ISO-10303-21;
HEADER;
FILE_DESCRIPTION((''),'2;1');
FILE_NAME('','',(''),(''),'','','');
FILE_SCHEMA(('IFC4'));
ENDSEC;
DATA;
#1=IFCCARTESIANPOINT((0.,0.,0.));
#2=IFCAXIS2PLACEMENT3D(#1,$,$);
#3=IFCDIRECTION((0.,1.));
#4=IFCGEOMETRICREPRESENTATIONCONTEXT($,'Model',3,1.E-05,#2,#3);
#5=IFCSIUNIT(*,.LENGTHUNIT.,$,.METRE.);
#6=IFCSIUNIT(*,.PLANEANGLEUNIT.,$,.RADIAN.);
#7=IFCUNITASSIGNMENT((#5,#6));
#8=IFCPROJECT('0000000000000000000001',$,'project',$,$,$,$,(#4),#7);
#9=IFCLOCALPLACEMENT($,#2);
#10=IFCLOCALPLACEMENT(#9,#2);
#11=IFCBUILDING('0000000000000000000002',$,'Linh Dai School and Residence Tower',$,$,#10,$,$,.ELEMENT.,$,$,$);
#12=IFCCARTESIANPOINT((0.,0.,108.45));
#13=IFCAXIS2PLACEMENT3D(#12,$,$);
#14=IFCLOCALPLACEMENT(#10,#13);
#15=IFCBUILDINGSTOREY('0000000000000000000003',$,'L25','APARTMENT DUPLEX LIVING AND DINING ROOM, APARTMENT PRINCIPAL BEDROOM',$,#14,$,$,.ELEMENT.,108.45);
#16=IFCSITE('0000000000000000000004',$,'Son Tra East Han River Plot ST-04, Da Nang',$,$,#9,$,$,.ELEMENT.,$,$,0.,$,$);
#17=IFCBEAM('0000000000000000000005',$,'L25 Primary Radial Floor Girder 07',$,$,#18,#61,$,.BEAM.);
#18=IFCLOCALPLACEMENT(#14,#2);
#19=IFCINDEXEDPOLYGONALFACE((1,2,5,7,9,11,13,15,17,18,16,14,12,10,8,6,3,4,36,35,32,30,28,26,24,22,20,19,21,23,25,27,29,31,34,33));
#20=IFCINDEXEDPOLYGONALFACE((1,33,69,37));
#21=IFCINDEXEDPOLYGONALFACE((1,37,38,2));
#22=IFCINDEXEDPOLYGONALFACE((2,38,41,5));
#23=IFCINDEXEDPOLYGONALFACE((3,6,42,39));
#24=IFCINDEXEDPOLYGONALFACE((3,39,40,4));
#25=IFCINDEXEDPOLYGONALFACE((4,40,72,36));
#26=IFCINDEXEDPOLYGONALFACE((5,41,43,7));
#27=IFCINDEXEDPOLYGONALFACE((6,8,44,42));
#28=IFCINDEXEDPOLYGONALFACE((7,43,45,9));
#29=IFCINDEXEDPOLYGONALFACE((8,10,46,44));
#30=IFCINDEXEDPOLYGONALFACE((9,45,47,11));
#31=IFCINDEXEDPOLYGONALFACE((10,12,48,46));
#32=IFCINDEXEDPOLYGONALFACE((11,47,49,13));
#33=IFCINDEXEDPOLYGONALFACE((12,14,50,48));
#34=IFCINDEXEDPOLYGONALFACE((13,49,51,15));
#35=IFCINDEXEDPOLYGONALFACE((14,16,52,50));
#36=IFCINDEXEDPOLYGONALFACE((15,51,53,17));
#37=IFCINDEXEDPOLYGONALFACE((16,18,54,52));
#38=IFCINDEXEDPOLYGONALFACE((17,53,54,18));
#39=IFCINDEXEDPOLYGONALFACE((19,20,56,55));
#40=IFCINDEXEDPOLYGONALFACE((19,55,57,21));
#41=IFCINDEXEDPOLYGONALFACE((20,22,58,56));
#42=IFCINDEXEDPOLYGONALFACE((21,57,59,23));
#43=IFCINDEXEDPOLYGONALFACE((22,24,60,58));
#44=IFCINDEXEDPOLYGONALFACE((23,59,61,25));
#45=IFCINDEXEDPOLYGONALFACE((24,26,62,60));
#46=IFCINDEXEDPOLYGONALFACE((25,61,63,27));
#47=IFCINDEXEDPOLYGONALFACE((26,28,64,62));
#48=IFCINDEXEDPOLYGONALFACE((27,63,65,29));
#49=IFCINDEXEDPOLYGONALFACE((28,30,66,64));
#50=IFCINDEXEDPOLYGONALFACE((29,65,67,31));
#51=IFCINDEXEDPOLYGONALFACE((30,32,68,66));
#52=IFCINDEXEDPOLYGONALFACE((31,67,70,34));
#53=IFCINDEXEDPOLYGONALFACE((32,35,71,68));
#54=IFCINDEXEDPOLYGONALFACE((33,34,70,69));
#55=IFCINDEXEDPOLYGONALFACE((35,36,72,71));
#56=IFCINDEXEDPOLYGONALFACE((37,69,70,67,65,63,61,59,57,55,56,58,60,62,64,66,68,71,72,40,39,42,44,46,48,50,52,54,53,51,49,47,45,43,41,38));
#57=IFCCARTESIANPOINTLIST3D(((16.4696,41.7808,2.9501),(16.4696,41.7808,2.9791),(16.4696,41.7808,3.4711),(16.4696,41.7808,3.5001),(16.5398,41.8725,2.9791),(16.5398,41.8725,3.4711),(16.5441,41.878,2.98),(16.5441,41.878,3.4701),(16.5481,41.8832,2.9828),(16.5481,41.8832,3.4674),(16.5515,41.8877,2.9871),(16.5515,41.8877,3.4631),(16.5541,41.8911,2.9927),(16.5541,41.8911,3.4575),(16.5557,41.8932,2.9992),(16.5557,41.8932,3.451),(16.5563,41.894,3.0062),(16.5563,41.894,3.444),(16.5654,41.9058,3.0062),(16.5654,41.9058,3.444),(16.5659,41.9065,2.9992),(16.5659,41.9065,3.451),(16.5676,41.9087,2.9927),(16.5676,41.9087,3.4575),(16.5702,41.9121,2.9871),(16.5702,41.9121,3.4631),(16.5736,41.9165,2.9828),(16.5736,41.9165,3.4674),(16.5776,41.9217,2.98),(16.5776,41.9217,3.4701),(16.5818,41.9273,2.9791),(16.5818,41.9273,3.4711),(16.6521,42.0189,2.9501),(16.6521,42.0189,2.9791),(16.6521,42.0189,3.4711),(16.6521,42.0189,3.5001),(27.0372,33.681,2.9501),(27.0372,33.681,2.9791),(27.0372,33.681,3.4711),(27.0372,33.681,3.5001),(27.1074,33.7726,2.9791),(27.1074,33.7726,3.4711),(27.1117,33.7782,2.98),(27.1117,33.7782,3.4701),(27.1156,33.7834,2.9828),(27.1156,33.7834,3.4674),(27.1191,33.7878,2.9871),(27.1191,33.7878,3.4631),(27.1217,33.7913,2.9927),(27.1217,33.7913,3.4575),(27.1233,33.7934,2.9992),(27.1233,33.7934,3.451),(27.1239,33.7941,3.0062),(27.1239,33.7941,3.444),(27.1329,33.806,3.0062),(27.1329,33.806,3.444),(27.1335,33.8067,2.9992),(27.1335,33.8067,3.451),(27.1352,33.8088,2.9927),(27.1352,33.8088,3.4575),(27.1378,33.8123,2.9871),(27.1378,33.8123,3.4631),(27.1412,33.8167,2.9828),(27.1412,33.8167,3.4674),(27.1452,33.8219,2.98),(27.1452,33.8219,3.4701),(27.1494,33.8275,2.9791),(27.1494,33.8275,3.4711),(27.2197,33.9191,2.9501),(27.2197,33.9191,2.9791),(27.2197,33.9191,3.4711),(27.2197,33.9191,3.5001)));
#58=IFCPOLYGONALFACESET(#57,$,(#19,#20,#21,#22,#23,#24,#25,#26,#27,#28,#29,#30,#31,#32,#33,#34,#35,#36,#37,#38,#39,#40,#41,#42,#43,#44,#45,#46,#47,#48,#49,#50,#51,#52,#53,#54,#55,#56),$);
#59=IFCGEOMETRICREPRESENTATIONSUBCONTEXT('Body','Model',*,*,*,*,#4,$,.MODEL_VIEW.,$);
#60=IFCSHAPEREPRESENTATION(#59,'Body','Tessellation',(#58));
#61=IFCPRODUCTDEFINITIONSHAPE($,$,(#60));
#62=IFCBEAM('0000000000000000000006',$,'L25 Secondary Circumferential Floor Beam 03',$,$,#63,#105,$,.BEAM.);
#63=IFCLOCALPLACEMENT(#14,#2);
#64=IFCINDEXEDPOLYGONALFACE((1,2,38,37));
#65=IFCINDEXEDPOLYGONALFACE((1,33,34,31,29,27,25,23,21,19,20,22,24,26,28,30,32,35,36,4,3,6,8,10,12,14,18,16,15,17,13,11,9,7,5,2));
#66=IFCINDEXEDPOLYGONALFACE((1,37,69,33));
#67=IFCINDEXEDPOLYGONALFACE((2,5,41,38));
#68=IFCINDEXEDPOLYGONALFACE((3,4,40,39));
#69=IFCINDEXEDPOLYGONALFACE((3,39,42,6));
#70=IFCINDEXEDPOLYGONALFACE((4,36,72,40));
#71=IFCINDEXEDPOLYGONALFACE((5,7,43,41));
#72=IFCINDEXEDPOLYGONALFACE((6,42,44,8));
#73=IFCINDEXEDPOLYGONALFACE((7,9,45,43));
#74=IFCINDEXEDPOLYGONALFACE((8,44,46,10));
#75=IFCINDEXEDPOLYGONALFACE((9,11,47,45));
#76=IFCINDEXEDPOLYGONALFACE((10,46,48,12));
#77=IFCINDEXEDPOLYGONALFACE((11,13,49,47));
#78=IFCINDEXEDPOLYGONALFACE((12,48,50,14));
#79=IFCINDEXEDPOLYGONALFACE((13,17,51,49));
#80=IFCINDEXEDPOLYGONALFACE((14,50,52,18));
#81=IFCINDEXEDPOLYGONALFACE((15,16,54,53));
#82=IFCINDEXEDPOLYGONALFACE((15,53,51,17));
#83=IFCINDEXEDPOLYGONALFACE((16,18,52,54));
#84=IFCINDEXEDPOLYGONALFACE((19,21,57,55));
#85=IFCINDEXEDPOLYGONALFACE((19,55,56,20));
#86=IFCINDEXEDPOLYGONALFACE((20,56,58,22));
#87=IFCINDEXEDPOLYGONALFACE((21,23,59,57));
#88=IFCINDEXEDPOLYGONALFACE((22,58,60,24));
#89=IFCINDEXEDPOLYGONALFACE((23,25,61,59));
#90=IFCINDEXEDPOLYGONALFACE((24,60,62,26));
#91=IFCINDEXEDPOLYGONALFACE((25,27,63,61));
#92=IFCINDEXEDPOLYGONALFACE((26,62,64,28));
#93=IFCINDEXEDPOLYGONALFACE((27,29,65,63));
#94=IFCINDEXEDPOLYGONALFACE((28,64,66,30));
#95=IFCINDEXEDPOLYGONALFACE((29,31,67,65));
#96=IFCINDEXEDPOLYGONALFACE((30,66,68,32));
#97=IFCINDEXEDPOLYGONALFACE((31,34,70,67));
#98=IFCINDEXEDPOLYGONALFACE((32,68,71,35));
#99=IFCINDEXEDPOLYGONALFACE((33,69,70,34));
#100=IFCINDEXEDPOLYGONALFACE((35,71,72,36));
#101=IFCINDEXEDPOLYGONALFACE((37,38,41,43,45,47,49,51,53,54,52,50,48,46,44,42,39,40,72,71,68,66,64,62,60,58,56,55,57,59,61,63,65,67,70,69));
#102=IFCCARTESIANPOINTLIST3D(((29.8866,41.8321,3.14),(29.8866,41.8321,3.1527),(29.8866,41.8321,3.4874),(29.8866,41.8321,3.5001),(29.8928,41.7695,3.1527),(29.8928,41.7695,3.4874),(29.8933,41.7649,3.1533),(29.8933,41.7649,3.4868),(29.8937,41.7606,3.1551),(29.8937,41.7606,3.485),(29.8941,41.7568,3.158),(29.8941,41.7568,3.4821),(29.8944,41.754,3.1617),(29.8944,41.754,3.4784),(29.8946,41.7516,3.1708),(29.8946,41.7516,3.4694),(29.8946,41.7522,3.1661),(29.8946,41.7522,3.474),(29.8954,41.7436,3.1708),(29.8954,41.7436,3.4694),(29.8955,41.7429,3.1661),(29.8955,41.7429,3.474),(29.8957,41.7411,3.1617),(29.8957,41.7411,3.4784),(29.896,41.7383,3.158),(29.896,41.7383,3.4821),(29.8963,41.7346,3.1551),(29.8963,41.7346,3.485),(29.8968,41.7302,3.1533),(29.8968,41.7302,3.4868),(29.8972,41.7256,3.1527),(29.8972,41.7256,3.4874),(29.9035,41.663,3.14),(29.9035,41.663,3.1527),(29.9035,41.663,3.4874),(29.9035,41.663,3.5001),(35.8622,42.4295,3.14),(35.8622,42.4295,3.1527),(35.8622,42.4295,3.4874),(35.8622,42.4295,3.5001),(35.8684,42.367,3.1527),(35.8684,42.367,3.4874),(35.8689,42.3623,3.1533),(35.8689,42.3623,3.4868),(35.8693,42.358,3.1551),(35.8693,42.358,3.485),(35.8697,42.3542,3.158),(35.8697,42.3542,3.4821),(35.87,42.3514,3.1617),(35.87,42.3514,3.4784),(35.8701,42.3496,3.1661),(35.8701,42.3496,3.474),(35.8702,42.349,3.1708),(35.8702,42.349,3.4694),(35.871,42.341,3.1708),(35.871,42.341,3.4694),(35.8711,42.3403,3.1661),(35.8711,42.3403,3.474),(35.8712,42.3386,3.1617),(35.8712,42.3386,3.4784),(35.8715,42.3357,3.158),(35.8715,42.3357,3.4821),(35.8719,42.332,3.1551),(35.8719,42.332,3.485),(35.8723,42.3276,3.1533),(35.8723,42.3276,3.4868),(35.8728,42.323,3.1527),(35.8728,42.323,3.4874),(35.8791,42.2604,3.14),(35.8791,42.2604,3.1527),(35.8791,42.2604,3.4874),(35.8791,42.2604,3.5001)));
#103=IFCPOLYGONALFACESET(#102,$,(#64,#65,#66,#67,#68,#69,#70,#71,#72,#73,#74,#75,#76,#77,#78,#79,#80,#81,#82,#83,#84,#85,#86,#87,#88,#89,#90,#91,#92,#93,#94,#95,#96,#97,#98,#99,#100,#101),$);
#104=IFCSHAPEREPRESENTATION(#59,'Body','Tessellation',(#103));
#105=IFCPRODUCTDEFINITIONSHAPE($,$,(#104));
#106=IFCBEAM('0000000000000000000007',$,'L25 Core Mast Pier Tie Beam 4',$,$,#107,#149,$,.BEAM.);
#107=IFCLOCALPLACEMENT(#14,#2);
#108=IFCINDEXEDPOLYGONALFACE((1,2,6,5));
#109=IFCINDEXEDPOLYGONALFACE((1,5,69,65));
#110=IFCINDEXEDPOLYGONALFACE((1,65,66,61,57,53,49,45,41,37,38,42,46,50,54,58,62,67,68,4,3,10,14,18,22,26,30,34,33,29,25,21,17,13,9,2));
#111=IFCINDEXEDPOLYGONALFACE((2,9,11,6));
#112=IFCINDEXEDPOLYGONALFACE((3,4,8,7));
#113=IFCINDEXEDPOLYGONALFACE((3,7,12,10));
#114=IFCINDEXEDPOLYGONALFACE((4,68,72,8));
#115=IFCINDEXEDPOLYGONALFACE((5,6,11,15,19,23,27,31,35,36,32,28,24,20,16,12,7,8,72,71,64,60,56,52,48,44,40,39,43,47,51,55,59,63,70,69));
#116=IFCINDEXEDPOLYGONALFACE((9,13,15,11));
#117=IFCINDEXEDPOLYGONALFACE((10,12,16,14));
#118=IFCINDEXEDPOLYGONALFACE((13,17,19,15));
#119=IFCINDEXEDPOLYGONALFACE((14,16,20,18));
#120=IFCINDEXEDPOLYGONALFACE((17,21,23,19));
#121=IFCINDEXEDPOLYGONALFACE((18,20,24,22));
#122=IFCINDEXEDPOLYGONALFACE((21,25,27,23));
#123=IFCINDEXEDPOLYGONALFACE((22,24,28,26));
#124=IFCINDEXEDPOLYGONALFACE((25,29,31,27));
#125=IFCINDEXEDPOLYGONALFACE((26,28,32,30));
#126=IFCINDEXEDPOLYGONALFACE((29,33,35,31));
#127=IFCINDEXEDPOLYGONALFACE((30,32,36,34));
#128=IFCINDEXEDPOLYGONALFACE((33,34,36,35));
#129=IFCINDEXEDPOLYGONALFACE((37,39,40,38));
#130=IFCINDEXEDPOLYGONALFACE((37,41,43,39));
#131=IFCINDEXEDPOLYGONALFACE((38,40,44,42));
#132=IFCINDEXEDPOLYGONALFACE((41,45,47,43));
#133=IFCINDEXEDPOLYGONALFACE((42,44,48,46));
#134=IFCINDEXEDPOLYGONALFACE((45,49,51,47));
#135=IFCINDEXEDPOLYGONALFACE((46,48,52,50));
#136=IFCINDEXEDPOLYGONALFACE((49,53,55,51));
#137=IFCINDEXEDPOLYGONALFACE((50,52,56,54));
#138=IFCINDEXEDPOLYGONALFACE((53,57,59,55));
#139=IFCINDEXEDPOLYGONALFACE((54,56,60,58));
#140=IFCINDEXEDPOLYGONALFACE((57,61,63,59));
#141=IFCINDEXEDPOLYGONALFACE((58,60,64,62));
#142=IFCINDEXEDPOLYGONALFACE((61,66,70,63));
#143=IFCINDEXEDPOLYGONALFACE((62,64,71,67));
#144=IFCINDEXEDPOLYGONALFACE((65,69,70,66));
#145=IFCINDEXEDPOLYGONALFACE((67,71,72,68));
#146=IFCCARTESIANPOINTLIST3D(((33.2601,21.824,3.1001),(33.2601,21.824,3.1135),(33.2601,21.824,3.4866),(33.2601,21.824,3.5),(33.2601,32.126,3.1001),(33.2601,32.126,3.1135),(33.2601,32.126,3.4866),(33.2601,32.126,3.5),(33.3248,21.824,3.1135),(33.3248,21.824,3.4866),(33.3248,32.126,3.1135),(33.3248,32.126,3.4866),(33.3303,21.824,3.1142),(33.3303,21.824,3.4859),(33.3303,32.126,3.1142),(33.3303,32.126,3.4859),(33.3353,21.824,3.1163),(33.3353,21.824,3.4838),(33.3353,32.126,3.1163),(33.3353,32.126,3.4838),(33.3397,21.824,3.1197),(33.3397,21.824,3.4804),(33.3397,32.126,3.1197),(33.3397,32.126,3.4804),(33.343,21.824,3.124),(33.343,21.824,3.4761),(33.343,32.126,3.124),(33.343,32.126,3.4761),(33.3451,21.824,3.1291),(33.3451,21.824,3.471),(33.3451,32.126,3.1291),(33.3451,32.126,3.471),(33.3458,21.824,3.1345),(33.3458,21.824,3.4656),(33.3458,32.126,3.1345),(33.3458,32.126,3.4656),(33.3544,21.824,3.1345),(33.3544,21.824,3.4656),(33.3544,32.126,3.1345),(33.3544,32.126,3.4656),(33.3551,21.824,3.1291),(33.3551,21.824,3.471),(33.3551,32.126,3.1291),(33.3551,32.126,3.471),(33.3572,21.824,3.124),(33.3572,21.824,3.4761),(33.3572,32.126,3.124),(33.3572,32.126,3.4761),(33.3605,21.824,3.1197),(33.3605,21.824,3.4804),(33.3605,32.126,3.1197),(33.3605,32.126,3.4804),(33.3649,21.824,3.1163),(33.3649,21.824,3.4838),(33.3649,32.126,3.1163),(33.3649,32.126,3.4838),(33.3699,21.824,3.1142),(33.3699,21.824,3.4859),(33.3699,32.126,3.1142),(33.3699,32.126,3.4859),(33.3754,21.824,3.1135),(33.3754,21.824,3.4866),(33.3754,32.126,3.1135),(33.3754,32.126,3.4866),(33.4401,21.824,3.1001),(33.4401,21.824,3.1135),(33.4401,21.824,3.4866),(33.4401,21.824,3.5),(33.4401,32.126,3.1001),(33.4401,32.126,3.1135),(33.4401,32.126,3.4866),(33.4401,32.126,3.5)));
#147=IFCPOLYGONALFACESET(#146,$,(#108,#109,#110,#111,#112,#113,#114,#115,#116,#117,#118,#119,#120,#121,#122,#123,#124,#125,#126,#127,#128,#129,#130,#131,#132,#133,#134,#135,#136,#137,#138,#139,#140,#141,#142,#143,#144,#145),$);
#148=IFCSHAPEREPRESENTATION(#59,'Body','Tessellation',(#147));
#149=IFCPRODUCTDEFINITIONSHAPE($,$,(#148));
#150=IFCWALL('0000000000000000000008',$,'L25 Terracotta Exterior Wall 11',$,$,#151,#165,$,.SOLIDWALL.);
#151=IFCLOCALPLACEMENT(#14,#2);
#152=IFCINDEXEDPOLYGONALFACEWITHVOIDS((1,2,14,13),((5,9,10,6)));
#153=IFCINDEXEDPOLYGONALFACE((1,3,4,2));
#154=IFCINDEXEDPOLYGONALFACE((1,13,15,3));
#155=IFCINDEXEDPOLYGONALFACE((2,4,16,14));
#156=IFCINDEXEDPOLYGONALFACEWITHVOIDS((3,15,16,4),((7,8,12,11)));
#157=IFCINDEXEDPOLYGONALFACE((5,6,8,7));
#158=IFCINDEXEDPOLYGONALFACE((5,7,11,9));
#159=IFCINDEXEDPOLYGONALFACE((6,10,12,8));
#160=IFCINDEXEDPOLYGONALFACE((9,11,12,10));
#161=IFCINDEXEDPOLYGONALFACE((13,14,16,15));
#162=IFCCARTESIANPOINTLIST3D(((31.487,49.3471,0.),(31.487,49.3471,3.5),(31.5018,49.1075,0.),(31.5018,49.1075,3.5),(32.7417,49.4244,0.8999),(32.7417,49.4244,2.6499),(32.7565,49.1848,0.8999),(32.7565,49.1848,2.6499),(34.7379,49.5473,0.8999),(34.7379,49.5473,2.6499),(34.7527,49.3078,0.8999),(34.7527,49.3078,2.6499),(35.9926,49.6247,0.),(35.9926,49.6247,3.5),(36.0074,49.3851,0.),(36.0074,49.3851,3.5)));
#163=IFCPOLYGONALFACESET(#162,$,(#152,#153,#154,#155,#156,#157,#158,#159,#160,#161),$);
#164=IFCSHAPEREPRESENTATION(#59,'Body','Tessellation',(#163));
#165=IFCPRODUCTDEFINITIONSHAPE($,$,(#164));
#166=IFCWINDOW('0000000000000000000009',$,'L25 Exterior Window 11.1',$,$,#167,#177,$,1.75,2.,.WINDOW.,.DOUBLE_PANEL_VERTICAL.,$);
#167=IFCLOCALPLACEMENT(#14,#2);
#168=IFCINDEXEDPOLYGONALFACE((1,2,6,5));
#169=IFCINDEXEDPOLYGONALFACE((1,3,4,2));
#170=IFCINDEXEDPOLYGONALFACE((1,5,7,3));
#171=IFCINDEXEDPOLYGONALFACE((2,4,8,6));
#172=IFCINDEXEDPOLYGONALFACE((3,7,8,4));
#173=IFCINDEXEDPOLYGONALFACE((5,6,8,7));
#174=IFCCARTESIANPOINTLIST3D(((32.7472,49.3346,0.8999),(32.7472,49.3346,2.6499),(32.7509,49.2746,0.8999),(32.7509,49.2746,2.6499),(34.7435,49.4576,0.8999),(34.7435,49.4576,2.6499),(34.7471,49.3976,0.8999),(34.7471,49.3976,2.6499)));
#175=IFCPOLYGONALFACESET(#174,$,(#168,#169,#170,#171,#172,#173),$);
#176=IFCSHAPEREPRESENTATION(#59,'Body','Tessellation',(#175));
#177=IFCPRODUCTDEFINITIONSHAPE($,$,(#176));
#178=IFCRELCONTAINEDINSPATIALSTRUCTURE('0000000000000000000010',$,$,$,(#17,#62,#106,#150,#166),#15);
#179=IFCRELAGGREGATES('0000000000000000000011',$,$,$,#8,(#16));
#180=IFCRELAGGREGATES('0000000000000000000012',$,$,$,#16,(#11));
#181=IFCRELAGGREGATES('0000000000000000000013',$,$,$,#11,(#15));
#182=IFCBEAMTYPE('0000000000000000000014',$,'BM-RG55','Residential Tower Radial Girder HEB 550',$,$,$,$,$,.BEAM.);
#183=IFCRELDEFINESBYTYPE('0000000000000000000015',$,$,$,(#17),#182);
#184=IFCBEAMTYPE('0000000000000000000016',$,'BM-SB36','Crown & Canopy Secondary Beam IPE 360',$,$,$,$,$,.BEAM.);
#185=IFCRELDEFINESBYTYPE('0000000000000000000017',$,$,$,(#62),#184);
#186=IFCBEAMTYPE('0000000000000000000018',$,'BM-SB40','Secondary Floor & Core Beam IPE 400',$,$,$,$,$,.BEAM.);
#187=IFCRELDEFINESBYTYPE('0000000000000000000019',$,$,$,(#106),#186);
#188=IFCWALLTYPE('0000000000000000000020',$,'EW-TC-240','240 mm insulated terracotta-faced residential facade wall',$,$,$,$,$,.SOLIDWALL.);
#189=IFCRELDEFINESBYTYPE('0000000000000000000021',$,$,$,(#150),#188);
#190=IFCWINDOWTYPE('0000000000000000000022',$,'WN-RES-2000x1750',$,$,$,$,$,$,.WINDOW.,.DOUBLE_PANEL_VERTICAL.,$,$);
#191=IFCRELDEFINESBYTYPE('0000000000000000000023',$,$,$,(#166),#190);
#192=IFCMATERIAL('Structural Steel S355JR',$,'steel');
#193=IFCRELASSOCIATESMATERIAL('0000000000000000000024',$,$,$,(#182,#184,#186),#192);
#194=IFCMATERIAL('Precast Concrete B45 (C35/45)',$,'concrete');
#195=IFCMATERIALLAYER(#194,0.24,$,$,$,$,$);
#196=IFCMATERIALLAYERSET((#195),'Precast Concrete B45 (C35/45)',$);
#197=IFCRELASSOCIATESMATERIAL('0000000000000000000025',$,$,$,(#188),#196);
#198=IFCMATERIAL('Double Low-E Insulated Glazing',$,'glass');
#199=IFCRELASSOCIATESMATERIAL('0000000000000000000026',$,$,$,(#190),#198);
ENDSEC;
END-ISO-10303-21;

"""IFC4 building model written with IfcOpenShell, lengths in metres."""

from ifc_helpers import new_model, si_unit, direction, frame, frame_2d, origin, origin_2d, place, context, subcontext, project, spatial, rectangle, i_section, extrude, source, transform, mapped, material, layer, layer_set, material_profile, profile_set, type_object, element, fill, save


model = new_model("IFC4")

# Units and contexts
model_context = context("Model", 3, precision=1e-05, world=origin(), true_north=direction((0.0, 1.0)))
body_context = subcontext(model_context, "Body", "Model", "MODEL_VIEW")
ifc_project = project(units=[si_unit("LENGTHUNIT", "METRE"), si_unit("PLANEANGLEUNIT", "RADIAN")], contexts=[model_context])

# Site, building, storey
site_placement = place(None, origin())
site = spatial("IfcSite", under=ifc_project, at=site_placement, Name="Son Tra East Han River Plot ST-04, Da Nang", CompositionType="ELEMENT", RefElevation=0.0)
building_placement = place(site_placement, origin())
building = spatial("IfcBuilding", under=site, at=building_placement, Name="Linh Dai School and Residence Tower", CompositionType="ELEMENT")
storey_placement = place(building_placement, frame((0.0, 0.0, 108.45)))
storey = spatial("IfcBuildingStorey", under=building, at=storey_placement, Name="L25", Description="APARTMENT DUPLEX LIVING AND DINING ROOM, APARTMENT PRINCIPAL BEDROOM", CompositionType="ELEMENT", Elevation=108.45)

# Shared definitions
ifc_material_1 = material(Name="Structural Steel S355JR", Category="steel")

# Beams
ifc_material_profile_1 = material_profile(ifc_material_1, i_section(OverallWidth=0.3, OverallDepth=0.55, WebThickness=0.0149, FlangeThickness=0.0291, FilletRadius=0.0271, at=origin_2d()), Name="HEB 550")
ifc_profile_set_1 = profile_set([ifc_material_profile_1], Name="Structural Steel S355JR")
beam_type_1 = type_object("IfcBeamType", Name="BM-RG55", Description="Residential Tower Radial Girder HEB 550", PredefinedType="BEAM", material=ifc_profile_set_1)
beam_1_placement = place(storey_placement, frame((27.1284, 33.8, 3.2251), z_axis=(-0.793679, 0.608337, 0.0), x_axis=(-0.608337, -0.793679, 0.0)))
element("IfcBeam", 1, at=beam_1_placement, inside=storey, type_object=beam_type_1, Name="L25 Primary Radial Floor Girder 07", PredefinedType="BEAM", context=body_context, shape_type="SweptSolid", body=[
    extrude(i_section(OverallWidth=0.3, OverallDepth=0.55, WebThickness=0.0149, FlangeThickness=0.0291, FilletRadius=0.0271, at=origin_2d()), origin(), (0.0, 0.0, 1.0), 13.3147),
])
ifc_material_profile_2 = material_profile(ifc_material_1, i_section(OverallWidth=0.1699, OverallDepth=0.3601, WebThickness=0.0081, FlangeThickness=0.0127, FilletRadius=0.0181, at=origin_2d()), Name="IPE 360")
ifc_profile_set_2 = profile_set([ifc_material_profile_2], Name="Structural Steel S355JR")
beam_type_2 = type_object("IfcBeamType", Name="BM-SB36", Description="Crown & Canopy Secondary Beam IPE 360", PredefinedType="BEAM", material=ifc_profile_set_2)
beam_2_placement = place(storey_placement, frame((35.8706, 42.345, 3.3201), z_axis=(-0.99504, -0.09948, 0.0), x_axis=(0.09948, -0.99504, 0.0)))
element("IfcBeam", 2, at=beam_2_placement, inside=storey, type_object=beam_type_2, Name="L25 Secondary Circumferential Floor Beam 03", PredefinedType="BEAM", context=body_context, shape_type="SweptSolid", body=[
    extrude(i_section(OverallWidth=0.1699, OverallDepth=0.3601, WebThickness=0.0081, FlangeThickness=0.0127, FilletRadius=0.0181, at=origin_2d()), origin(), (0.0, 0.0, 1.0), 6.0054),
])
ifc_material_profile_3 = material_profile(ifc_material_1, i_section(OverallWidth=0.1799, OverallDepth=0.3999, WebThickness=0.0085, FlangeThickness=0.0134, FilletRadius=0.021, at=origin_2d()), Name="IPE 400")
ifc_profile_set_3 = profile_set([ifc_material_profile_3], Name="Structural Steel S355JR")
beam_type_3 = type_object("IfcBeamType", Name="BM-SB40", Description="Secondary Floor & Core Beam IPE 400", PredefinedType="BEAM", material=ifc_profile_set_3)
beam_3_placement = place(storey_placement, frame((33.3501, 32.126, 3.3), z_axis=(0.0, -1.0, 0.0), x_axis=(1.0, 0.0, 0.0)))
element("IfcBeam", 3, at=beam_3_placement, inside=storey, type_object=beam_type_3, Name="L25 Core Mast Pier Tie Beam 4", PredefinedType="BEAM", context=body_context, shape_type="SweptSolid", body=[
    extrude(i_section(OverallWidth=0.1799, OverallDepth=0.3999, WebThickness=0.0085, FlangeThickness=0.0134, FilletRadius=0.021, at=origin_2d()), origin(), (0.0, 0.0, 1.0), 10.302),
])

# Wall, opening, window
ifc_material_2 = material(Name="Precast Concrete B45 (C35/45)", Category="concrete")
ifc_layer_1 = layer(ifc_material_2, 0.24)
ifc_layer_set_1 = layer_set([ifc_layer_1], Name="Precast Concrete B45 (C35/45)")
wall_type_1 = type_object("IfcWallType", Name="EW-TC-240", Description="240 mm insulated terracotta-faced residential facade wall", PredefinedType="SOLIDWALL", material=ifc_layer_set_1)
wall_1_placement = place(storey_placement, frame((31.4944, 49.2273, 0.0), z_axis=(0.0, 0.0, 1.0), x_axis=(0.998108, 0.061493, 0.0)))
wall_1 = element("IfcWall", 4, at=wall_1_placement, inside=storey, type_object=wall_type_1, Name="L25 Terracotta Exterior Wall 11", PredefinedType="SOLIDWALL", context=body_context, shape_type="SweptSolid", body=[
    extrude(rectangle(XDim=4.5142, YDim=0.24, at=frame_2d((2.2571, 0.0))), origin(), (0.0, 0.0, 1.0), 3.5),
])
opening_1_placement = place(wall_1_placement, frame((1.2571, 0.0, 0.8999)))
opening_1 = element("IfcOpeningElement", 5, at=opening_1_placement, cuts=wall_1, PredefinedType="OPENING", context=body_context, shape_type="SweptSolid", body=[
    extrude(rectangle(XDim=2.0, YDim=1.75, at=origin_2d()), frame((1.0, 0.1299, 0.875), z_axis=(0.0, -1.0, 0.0), x_axis=(1.0, 0.0, 0.0)), (0.0, 0.0, 1.0), 0.26),
])
ifc_material_3 = material(Name="Double Low-E Insulated Glazing", Category="glass")
window_type_1 = type_object("IfcWindowType", Name="WN-RES-2000x1750", PartitioningType="DOUBLE_PANEL_VERTICAL", PredefinedType="WINDOW", material=ifc_material_3)
shared_shape_1 = source(origin(), body_context, "Body", "SweptSolid", [
    extrude(rectangle(XDim=2.0, YDim=1.75, at=origin_2d()), frame((1.0, 0.03, 0.875), z_axis=(0.0, -1.0, 0.0), x_axis=(1.0, 0.0, 0.0)), (0.0, 0.0, 1.0), 0.0601),
])
window_1_placement = place(opening_1_placement, origin())
window_1 = element("IfcWindow", 6, at=window_1_placement, inside=storey, type_object=window_type_1, Name="L25 Exterior Window 11.1", OverallHeight=1.75, OverallWidth=2.0, PartitioningType="DOUBLE_PANEL_VERTICAL", PredefinedType="WINDOW", context=body_context, shape_type="MappedRepresentation", body=[
    mapped(shared_shape_1, transform((0.0, 0.0, 0.0), x_axis=(1.0, 0.0, 0.0), y_axis=(0.0, 1.0, 0.0), z_axis=(0.0, 0.0, 1.0), scale=1.0)),
])
fill(opening_1, window_1)

save(model, "model.ifc")
